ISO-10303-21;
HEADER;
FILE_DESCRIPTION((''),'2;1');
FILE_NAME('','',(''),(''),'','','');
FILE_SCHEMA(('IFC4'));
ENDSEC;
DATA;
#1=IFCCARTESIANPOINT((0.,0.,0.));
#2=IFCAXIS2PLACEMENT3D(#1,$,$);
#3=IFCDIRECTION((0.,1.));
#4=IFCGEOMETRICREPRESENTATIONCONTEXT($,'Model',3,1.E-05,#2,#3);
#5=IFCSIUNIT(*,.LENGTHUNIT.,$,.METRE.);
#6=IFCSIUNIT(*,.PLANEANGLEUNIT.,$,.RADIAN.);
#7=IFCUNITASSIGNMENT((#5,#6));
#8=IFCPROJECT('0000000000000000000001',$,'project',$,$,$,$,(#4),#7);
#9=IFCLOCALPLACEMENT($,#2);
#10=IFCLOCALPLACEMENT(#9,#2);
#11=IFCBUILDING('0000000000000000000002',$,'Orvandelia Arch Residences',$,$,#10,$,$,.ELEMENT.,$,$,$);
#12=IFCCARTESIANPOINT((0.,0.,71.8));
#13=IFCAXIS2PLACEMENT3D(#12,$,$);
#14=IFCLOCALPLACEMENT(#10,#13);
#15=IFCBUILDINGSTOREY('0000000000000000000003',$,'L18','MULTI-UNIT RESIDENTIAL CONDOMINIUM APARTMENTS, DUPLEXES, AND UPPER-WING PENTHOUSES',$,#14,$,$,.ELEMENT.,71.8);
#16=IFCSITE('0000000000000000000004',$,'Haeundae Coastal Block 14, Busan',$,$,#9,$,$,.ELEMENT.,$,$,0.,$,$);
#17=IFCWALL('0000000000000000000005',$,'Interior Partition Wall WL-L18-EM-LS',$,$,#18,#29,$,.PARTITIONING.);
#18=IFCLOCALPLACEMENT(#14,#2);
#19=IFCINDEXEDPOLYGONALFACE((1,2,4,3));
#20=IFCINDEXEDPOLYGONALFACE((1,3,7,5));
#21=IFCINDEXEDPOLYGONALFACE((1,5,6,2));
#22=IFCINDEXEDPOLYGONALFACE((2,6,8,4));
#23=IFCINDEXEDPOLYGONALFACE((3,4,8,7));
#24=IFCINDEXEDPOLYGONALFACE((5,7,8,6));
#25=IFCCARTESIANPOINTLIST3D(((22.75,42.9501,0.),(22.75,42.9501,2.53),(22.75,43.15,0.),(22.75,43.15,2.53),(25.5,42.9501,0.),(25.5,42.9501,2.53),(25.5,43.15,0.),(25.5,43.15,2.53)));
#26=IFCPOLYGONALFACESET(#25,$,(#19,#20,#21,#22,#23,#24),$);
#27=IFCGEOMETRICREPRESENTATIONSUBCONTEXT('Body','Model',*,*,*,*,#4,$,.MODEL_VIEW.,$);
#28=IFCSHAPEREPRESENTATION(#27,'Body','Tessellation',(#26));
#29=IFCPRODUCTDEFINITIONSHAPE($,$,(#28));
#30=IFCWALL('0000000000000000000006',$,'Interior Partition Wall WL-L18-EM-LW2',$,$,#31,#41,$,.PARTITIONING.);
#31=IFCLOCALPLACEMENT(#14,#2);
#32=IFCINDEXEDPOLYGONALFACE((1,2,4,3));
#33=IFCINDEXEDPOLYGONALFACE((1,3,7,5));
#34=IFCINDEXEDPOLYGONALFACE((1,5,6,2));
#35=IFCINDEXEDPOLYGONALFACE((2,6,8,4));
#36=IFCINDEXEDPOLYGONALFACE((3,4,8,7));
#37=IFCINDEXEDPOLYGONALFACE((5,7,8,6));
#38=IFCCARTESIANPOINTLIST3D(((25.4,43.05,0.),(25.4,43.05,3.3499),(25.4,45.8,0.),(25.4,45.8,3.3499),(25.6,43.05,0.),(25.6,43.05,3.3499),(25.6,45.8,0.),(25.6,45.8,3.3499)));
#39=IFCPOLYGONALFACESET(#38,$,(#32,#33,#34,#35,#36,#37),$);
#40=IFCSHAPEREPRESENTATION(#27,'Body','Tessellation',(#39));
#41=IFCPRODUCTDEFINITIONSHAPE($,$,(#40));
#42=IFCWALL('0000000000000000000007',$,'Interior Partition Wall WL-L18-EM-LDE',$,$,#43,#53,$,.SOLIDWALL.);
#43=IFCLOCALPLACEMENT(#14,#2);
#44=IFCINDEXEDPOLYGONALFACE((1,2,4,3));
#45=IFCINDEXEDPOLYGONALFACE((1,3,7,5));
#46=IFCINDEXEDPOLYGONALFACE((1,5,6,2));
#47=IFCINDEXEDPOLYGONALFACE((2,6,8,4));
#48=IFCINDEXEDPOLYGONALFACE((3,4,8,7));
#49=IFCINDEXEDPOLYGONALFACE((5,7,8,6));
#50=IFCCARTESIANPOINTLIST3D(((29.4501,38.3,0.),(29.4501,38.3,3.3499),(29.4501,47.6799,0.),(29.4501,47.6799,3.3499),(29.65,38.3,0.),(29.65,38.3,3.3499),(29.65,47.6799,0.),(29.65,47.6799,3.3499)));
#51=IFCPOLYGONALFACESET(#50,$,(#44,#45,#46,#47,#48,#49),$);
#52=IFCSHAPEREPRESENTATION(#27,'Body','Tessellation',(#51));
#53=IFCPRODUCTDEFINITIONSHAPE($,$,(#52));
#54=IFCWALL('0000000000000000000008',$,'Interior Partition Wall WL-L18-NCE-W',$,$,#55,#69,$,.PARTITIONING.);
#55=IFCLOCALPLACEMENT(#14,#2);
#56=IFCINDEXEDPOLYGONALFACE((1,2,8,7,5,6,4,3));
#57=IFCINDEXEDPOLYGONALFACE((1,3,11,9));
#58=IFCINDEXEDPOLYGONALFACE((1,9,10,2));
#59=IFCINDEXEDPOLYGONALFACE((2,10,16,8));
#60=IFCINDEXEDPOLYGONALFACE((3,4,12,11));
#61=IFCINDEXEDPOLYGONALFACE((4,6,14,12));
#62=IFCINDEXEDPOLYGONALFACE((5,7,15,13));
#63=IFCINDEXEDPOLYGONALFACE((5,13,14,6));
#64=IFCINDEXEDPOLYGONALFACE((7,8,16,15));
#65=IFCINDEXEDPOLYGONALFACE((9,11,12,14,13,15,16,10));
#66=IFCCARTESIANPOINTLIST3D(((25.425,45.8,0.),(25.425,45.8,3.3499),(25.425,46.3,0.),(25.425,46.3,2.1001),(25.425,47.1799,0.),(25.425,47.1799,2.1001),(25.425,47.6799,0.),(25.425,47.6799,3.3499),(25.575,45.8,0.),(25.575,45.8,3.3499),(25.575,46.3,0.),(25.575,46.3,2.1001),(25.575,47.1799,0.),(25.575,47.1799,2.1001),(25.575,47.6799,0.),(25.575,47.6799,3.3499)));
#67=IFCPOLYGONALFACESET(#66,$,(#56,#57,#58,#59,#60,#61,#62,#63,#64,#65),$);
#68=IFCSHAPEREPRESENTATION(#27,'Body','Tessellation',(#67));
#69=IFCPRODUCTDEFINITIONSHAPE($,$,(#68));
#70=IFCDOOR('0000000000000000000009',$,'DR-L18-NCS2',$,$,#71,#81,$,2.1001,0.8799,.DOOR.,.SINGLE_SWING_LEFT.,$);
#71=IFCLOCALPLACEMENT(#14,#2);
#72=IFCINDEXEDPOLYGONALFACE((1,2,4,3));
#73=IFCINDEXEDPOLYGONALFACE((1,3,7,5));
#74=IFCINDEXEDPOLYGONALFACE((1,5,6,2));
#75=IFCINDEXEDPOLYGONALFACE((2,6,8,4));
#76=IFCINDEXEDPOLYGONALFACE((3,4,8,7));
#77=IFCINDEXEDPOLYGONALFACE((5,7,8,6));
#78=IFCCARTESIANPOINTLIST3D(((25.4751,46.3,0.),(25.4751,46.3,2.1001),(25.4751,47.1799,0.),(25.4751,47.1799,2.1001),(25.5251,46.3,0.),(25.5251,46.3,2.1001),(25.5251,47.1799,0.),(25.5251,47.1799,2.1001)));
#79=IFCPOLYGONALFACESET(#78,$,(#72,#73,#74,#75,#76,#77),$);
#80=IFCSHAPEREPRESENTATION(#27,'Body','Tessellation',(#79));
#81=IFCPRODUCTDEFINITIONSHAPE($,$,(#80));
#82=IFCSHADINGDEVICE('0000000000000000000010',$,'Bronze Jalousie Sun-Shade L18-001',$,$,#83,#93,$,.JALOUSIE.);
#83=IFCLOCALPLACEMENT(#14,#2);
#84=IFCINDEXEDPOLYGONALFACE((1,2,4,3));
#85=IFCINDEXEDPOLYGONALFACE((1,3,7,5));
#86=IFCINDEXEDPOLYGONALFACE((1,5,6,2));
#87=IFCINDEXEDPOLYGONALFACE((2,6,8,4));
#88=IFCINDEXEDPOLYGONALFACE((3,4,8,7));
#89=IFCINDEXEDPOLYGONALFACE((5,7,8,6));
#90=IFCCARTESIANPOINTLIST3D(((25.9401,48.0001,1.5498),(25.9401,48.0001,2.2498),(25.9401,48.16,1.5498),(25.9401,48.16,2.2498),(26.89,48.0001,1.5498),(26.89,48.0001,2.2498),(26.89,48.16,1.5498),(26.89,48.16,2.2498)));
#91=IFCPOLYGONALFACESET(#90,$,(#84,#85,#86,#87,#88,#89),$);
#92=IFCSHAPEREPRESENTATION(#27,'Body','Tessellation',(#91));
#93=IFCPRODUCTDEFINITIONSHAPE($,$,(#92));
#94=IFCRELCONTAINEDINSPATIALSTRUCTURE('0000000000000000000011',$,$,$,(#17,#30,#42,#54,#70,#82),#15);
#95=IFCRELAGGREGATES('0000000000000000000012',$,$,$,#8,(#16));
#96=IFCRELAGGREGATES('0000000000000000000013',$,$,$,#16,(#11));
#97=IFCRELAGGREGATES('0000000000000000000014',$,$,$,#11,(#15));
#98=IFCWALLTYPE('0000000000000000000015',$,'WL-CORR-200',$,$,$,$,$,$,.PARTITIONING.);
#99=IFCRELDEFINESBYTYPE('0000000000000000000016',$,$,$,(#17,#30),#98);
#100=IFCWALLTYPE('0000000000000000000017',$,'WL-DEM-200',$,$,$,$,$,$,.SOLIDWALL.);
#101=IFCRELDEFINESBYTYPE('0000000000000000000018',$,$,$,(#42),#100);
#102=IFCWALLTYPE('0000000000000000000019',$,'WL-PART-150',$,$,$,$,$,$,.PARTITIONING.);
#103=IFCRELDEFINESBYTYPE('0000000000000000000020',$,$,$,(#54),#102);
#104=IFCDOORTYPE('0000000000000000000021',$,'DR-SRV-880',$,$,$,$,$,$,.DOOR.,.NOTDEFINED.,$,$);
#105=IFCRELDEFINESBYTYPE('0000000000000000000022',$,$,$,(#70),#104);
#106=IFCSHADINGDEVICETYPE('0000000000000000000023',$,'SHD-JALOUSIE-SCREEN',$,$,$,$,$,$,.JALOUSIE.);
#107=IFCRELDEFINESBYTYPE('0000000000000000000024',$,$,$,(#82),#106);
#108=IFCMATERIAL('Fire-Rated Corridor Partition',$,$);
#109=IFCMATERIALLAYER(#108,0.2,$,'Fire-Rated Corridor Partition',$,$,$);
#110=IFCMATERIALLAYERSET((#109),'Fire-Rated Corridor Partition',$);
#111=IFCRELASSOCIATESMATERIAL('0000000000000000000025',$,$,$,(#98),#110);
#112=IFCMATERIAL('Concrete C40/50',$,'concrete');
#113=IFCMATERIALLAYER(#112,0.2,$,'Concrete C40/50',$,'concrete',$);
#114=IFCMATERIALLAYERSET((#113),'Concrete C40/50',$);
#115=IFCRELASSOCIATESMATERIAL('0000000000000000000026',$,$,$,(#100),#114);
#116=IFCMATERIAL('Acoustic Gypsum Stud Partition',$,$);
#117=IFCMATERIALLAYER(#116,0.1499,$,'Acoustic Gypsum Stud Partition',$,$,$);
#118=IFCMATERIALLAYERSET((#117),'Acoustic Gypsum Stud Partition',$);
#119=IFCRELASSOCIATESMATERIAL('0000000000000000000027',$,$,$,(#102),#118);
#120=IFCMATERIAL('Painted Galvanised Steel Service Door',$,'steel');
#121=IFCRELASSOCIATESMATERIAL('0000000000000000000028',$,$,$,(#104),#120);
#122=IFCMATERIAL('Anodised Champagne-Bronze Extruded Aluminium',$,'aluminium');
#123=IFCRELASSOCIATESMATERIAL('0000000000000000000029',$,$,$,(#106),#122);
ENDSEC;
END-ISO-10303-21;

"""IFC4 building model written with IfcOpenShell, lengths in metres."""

from ifc_helpers import new_model, si_unit, direction, frame, frame_2d, origin, origin_2d, place, context, subcontext, project, spatial, rectangle, extrude, material, layer, layer_set, type_object, element, fill, save


model = new_model("IFC4")

# Units and contexts
model_context = context("Model", 3, precision=1e-05, world=origin(), true_north=direction((0.0, 1.0)))
body_context = subcontext(model_context, "Body", "Model", "MODEL_VIEW")
ifc_project = project(units=[si_unit("LENGTHUNIT", "METRE"), si_unit("PLANEANGLEUNIT", "RADIAN")], contexts=[model_context])

# Site, building, storey
site_placement = place(None, origin())
site = spatial("IfcSite", under=ifc_project, at=site_placement, Name="Haeundae Coastal Block 14, Busan", CompositionType="ELEMENT", RefElevation=0.0)
building_placement = place(site_placement, origin())
building = spatial("IfcBuilding", under=site, at=building_placement, Name="Orvandelia Arch Residences", CompositionType="ELEMENT")
storey_placement = place(building_placement, frame((0.0, 0.0, 71.8)))
storey = spatial("IfcBuildingStorey", under=building, at=storey_placement, Name="L18", Description="MULTI-UNIT RESIDENTIAL CONDOMINIUM APARTMENTS, DUPLEXES, AND UPPER-WING PENTHOUSES", CompositionType="ELEMENT", Elevation=71.8)

# Shared definitions
ifc_material_1 = material(Name="Fire-Rated Corridor Partition")
ifc_layer_1 = layer(ifc_material_1, 0.2, Name="Fire-Rated Corridor Partition")
ifc_layer_set_1 = layer_set([ifc_layer_1], Name="Fire-Rated Corridor Partition")
wall_type_1 = type_object("IfcWallType", Name="WL-CORR-200", PredefinedType="PARTITIONING", material=ifc_layer_set_1)

# Walls
wall_1_placement = place(storey_placement, frame((22.75, 43.05, 0.0), z_axis=(0.0, 0.0, 1.0), x_axis=(1.0, 0.0, 0.0)))
element("IfcWall", 1, at=wall_1_placement, inside=storey, type_object=wall_type_1, Name="Interior Partition Wall WL-L18-EM-LS", PredefinedType="PARTITIONING", context=body_context, shape_type="SweptSolid", body=[
    extrude(rectangle(XDim=2.75, YDim=0.2, at=frame_2d((1.375, 0.0))), origin(), (0.0, 0.0, 1.0), 2.53),
])
wall_2_placement = place(storey_placement, frame((25.5, 43.05, 0.0), z_axis=(0.0, 0.0, 1.0), x_axis=(0.0, 1.0, 0.0)))
element("IfcWall", 2, at=wall_2_placement, inside=storey, type_object=wall_type_1, Name="Interior Partition Wall WL-L18-EM-LW2", PredefinedType="PARTITIONING", context=body_context, shape_type="SweptSolid", body=[
    extrude(rectangle(XDim=2.75, YDim=0.2, at=frame_2d((1.375, 0.0))), origin(), (0.0, 0.0, 1.0), 3.3499),
])
ifc_material_2 = material(Name="Concrete C40/50", Category="concrete")
ifc_layer_2 = layer(ifc_material_2, 0.2, Name="Concrete C40/50", Category="concrete")
ifc_layer_set_2 = layer_set([ifc_layer_2], Name="Concrete C40/50")
wall_type_2 = type_object("IfcWallType", Name="WL-DEM-200", PredefinedType="SOLIDWALL", material=ifc_layer_set_2)
wall_3_placement = place(storey_placement, frame((29.55, 38.3, 0.0), z_axis=(0.0, 0.0, 1.0), x_axis=(0.0, 1.0, 0.0)))
element("IfcWall", 3, at=wall_3_placement, inside=storey, type_object=wall_type_2, Name="Interior Partition Wall WL-L18-EM-LDE", PredefinedType="SOLIDWALL", context=body_context, shape_type="SweptSolid", body=[
    extrude(rectangle(XDim=9.3799, YDim=0.2, at=frame_2d((4.6899, 0.0))), origin(), (0.0, 0.0, 1.0), 3.3499),
])

# Wall, opening, door
ifc_material_3 = material(Name="Acoustic Gypsum Stud Partition")
ifc_layer_3 = layer(ifc_material_3, 0.1499, Name="Acoustic Gypsum Stud Partition")
ifc_layer_set_3 = layer_set([ifc_layer_3], Name="Acoustic Gypsum Stud Partition")
wall_type_3 = type_object("IfcWallType", Name="WL-PART-150", PredefinedType="PARTITIONING", material=ifc_layer_set_3)
wall_4_placement = place(storey_placement, frame((25.5, 45.8, 0.0), z_axis=(0.0, 0.0, 1.0), x_axis=(0.0, 1.0, 0.0)))
wall_4 = element("IfcWall", 4, at=wall_4_placement, inside=storey, type_object=wall_type_3, Name="Interior Partition Wall WL-L18-NCE-W", PredefinedType="PARTITIONING", context=body_context, shape_type="SweptSolid", body=[
    extrude(rectangle(XDim=1.8799, YDim=0.1499, at=frame_2d((0.9399, 0.0))), origin(), (0.0, 0.0, 1.0), 3.3499),
])
opening_1_placement = place(wall_4_placement, frame((0.5, 0.0, 0.0)))
opening_1 = element("IfcOpeningElement", 5, at=opening_1_placement, cuts=wall_4, PredefinedType="OPENING", context=body_context, shape_type="SweptSolid", body=[
    extrude(rectangle(XDim=0.8799, YDim=2.1001, at=frame_2d((0.4399, 1.05))), frame((0.0, 0.085, 0.0), z_axis=(0.0, -1.0, 0.0), x_axis=(1.0, 0.0, 0.0)), (0.0, 0.0, 1.0), 0.1699),
])
ifc_material_4 = material(Name="Painted Galvanised Steel Service Door", Category="steel")
door_type_1 = type_object("IfcDoorType", Name="DR-SRV-880", OperationType="NOTDEFINED", PredefinedType="DOOR", material=ifc_material_4)
door_1_placement = place(opening_1_placement, origin())
door_1 = element("IfcDoor", 6, at=door_1_placement, inside=storey, type_object=door_type_1, Name="DR-L18-NCS2", OperationType="SINGLE_SWING_LEFT", OverallHeight=2.1001, OverallWidth=0.8799, PredefinedType="DOOR", context=body_context, shape_type="SweptSolid", body=[
    extrude(rectangle(XDim=0.8799, YDim=2.1001, at=frame_2d((0.4399, 1.05))), frame((0.0, 0.0249, 0.0), z_axis=(0.0, -1.0, 0.0), x_axis=(1.0, 0.0, 0.0)), (0.0, 0.0, 1.0), 0.05),
])
fill(opening_1, door_1)

# Shading device
ifc_material_5 = material(Name="Anodised Champagne-Bronze Extruded Aluminium", Category="aluminium")
shading_device_type = type_object("IfcShadingDeviceType", Name="SHD-JALOUSIE-SCREEN", PredefinedType="JALOUSIE", material=ifc_material_5)
shading_device_placement = place(storey_placement, frame((26.415, 48.0801, 1.5498), z_axis=(0.0, 0.0, 1.0), x_axis=(1.0, 0.0, 0.0)))
element("IfcShadingDevice", 7, at=shading_device_placement, inside=storey, type_object=shading_device_type, Name="Bronze Jalousie Sun-Shade L18-001", PredefinedType="JALOUSIE", context=body_context, shape_type="SweptSolid", body=[
    extrude(rectangle(XDim=0.95, YDim=0.1599, at=origin_2d()), origin(), (0.0, 0.0, 1.0), 0.7),
])

save(model, "model.ifc")
